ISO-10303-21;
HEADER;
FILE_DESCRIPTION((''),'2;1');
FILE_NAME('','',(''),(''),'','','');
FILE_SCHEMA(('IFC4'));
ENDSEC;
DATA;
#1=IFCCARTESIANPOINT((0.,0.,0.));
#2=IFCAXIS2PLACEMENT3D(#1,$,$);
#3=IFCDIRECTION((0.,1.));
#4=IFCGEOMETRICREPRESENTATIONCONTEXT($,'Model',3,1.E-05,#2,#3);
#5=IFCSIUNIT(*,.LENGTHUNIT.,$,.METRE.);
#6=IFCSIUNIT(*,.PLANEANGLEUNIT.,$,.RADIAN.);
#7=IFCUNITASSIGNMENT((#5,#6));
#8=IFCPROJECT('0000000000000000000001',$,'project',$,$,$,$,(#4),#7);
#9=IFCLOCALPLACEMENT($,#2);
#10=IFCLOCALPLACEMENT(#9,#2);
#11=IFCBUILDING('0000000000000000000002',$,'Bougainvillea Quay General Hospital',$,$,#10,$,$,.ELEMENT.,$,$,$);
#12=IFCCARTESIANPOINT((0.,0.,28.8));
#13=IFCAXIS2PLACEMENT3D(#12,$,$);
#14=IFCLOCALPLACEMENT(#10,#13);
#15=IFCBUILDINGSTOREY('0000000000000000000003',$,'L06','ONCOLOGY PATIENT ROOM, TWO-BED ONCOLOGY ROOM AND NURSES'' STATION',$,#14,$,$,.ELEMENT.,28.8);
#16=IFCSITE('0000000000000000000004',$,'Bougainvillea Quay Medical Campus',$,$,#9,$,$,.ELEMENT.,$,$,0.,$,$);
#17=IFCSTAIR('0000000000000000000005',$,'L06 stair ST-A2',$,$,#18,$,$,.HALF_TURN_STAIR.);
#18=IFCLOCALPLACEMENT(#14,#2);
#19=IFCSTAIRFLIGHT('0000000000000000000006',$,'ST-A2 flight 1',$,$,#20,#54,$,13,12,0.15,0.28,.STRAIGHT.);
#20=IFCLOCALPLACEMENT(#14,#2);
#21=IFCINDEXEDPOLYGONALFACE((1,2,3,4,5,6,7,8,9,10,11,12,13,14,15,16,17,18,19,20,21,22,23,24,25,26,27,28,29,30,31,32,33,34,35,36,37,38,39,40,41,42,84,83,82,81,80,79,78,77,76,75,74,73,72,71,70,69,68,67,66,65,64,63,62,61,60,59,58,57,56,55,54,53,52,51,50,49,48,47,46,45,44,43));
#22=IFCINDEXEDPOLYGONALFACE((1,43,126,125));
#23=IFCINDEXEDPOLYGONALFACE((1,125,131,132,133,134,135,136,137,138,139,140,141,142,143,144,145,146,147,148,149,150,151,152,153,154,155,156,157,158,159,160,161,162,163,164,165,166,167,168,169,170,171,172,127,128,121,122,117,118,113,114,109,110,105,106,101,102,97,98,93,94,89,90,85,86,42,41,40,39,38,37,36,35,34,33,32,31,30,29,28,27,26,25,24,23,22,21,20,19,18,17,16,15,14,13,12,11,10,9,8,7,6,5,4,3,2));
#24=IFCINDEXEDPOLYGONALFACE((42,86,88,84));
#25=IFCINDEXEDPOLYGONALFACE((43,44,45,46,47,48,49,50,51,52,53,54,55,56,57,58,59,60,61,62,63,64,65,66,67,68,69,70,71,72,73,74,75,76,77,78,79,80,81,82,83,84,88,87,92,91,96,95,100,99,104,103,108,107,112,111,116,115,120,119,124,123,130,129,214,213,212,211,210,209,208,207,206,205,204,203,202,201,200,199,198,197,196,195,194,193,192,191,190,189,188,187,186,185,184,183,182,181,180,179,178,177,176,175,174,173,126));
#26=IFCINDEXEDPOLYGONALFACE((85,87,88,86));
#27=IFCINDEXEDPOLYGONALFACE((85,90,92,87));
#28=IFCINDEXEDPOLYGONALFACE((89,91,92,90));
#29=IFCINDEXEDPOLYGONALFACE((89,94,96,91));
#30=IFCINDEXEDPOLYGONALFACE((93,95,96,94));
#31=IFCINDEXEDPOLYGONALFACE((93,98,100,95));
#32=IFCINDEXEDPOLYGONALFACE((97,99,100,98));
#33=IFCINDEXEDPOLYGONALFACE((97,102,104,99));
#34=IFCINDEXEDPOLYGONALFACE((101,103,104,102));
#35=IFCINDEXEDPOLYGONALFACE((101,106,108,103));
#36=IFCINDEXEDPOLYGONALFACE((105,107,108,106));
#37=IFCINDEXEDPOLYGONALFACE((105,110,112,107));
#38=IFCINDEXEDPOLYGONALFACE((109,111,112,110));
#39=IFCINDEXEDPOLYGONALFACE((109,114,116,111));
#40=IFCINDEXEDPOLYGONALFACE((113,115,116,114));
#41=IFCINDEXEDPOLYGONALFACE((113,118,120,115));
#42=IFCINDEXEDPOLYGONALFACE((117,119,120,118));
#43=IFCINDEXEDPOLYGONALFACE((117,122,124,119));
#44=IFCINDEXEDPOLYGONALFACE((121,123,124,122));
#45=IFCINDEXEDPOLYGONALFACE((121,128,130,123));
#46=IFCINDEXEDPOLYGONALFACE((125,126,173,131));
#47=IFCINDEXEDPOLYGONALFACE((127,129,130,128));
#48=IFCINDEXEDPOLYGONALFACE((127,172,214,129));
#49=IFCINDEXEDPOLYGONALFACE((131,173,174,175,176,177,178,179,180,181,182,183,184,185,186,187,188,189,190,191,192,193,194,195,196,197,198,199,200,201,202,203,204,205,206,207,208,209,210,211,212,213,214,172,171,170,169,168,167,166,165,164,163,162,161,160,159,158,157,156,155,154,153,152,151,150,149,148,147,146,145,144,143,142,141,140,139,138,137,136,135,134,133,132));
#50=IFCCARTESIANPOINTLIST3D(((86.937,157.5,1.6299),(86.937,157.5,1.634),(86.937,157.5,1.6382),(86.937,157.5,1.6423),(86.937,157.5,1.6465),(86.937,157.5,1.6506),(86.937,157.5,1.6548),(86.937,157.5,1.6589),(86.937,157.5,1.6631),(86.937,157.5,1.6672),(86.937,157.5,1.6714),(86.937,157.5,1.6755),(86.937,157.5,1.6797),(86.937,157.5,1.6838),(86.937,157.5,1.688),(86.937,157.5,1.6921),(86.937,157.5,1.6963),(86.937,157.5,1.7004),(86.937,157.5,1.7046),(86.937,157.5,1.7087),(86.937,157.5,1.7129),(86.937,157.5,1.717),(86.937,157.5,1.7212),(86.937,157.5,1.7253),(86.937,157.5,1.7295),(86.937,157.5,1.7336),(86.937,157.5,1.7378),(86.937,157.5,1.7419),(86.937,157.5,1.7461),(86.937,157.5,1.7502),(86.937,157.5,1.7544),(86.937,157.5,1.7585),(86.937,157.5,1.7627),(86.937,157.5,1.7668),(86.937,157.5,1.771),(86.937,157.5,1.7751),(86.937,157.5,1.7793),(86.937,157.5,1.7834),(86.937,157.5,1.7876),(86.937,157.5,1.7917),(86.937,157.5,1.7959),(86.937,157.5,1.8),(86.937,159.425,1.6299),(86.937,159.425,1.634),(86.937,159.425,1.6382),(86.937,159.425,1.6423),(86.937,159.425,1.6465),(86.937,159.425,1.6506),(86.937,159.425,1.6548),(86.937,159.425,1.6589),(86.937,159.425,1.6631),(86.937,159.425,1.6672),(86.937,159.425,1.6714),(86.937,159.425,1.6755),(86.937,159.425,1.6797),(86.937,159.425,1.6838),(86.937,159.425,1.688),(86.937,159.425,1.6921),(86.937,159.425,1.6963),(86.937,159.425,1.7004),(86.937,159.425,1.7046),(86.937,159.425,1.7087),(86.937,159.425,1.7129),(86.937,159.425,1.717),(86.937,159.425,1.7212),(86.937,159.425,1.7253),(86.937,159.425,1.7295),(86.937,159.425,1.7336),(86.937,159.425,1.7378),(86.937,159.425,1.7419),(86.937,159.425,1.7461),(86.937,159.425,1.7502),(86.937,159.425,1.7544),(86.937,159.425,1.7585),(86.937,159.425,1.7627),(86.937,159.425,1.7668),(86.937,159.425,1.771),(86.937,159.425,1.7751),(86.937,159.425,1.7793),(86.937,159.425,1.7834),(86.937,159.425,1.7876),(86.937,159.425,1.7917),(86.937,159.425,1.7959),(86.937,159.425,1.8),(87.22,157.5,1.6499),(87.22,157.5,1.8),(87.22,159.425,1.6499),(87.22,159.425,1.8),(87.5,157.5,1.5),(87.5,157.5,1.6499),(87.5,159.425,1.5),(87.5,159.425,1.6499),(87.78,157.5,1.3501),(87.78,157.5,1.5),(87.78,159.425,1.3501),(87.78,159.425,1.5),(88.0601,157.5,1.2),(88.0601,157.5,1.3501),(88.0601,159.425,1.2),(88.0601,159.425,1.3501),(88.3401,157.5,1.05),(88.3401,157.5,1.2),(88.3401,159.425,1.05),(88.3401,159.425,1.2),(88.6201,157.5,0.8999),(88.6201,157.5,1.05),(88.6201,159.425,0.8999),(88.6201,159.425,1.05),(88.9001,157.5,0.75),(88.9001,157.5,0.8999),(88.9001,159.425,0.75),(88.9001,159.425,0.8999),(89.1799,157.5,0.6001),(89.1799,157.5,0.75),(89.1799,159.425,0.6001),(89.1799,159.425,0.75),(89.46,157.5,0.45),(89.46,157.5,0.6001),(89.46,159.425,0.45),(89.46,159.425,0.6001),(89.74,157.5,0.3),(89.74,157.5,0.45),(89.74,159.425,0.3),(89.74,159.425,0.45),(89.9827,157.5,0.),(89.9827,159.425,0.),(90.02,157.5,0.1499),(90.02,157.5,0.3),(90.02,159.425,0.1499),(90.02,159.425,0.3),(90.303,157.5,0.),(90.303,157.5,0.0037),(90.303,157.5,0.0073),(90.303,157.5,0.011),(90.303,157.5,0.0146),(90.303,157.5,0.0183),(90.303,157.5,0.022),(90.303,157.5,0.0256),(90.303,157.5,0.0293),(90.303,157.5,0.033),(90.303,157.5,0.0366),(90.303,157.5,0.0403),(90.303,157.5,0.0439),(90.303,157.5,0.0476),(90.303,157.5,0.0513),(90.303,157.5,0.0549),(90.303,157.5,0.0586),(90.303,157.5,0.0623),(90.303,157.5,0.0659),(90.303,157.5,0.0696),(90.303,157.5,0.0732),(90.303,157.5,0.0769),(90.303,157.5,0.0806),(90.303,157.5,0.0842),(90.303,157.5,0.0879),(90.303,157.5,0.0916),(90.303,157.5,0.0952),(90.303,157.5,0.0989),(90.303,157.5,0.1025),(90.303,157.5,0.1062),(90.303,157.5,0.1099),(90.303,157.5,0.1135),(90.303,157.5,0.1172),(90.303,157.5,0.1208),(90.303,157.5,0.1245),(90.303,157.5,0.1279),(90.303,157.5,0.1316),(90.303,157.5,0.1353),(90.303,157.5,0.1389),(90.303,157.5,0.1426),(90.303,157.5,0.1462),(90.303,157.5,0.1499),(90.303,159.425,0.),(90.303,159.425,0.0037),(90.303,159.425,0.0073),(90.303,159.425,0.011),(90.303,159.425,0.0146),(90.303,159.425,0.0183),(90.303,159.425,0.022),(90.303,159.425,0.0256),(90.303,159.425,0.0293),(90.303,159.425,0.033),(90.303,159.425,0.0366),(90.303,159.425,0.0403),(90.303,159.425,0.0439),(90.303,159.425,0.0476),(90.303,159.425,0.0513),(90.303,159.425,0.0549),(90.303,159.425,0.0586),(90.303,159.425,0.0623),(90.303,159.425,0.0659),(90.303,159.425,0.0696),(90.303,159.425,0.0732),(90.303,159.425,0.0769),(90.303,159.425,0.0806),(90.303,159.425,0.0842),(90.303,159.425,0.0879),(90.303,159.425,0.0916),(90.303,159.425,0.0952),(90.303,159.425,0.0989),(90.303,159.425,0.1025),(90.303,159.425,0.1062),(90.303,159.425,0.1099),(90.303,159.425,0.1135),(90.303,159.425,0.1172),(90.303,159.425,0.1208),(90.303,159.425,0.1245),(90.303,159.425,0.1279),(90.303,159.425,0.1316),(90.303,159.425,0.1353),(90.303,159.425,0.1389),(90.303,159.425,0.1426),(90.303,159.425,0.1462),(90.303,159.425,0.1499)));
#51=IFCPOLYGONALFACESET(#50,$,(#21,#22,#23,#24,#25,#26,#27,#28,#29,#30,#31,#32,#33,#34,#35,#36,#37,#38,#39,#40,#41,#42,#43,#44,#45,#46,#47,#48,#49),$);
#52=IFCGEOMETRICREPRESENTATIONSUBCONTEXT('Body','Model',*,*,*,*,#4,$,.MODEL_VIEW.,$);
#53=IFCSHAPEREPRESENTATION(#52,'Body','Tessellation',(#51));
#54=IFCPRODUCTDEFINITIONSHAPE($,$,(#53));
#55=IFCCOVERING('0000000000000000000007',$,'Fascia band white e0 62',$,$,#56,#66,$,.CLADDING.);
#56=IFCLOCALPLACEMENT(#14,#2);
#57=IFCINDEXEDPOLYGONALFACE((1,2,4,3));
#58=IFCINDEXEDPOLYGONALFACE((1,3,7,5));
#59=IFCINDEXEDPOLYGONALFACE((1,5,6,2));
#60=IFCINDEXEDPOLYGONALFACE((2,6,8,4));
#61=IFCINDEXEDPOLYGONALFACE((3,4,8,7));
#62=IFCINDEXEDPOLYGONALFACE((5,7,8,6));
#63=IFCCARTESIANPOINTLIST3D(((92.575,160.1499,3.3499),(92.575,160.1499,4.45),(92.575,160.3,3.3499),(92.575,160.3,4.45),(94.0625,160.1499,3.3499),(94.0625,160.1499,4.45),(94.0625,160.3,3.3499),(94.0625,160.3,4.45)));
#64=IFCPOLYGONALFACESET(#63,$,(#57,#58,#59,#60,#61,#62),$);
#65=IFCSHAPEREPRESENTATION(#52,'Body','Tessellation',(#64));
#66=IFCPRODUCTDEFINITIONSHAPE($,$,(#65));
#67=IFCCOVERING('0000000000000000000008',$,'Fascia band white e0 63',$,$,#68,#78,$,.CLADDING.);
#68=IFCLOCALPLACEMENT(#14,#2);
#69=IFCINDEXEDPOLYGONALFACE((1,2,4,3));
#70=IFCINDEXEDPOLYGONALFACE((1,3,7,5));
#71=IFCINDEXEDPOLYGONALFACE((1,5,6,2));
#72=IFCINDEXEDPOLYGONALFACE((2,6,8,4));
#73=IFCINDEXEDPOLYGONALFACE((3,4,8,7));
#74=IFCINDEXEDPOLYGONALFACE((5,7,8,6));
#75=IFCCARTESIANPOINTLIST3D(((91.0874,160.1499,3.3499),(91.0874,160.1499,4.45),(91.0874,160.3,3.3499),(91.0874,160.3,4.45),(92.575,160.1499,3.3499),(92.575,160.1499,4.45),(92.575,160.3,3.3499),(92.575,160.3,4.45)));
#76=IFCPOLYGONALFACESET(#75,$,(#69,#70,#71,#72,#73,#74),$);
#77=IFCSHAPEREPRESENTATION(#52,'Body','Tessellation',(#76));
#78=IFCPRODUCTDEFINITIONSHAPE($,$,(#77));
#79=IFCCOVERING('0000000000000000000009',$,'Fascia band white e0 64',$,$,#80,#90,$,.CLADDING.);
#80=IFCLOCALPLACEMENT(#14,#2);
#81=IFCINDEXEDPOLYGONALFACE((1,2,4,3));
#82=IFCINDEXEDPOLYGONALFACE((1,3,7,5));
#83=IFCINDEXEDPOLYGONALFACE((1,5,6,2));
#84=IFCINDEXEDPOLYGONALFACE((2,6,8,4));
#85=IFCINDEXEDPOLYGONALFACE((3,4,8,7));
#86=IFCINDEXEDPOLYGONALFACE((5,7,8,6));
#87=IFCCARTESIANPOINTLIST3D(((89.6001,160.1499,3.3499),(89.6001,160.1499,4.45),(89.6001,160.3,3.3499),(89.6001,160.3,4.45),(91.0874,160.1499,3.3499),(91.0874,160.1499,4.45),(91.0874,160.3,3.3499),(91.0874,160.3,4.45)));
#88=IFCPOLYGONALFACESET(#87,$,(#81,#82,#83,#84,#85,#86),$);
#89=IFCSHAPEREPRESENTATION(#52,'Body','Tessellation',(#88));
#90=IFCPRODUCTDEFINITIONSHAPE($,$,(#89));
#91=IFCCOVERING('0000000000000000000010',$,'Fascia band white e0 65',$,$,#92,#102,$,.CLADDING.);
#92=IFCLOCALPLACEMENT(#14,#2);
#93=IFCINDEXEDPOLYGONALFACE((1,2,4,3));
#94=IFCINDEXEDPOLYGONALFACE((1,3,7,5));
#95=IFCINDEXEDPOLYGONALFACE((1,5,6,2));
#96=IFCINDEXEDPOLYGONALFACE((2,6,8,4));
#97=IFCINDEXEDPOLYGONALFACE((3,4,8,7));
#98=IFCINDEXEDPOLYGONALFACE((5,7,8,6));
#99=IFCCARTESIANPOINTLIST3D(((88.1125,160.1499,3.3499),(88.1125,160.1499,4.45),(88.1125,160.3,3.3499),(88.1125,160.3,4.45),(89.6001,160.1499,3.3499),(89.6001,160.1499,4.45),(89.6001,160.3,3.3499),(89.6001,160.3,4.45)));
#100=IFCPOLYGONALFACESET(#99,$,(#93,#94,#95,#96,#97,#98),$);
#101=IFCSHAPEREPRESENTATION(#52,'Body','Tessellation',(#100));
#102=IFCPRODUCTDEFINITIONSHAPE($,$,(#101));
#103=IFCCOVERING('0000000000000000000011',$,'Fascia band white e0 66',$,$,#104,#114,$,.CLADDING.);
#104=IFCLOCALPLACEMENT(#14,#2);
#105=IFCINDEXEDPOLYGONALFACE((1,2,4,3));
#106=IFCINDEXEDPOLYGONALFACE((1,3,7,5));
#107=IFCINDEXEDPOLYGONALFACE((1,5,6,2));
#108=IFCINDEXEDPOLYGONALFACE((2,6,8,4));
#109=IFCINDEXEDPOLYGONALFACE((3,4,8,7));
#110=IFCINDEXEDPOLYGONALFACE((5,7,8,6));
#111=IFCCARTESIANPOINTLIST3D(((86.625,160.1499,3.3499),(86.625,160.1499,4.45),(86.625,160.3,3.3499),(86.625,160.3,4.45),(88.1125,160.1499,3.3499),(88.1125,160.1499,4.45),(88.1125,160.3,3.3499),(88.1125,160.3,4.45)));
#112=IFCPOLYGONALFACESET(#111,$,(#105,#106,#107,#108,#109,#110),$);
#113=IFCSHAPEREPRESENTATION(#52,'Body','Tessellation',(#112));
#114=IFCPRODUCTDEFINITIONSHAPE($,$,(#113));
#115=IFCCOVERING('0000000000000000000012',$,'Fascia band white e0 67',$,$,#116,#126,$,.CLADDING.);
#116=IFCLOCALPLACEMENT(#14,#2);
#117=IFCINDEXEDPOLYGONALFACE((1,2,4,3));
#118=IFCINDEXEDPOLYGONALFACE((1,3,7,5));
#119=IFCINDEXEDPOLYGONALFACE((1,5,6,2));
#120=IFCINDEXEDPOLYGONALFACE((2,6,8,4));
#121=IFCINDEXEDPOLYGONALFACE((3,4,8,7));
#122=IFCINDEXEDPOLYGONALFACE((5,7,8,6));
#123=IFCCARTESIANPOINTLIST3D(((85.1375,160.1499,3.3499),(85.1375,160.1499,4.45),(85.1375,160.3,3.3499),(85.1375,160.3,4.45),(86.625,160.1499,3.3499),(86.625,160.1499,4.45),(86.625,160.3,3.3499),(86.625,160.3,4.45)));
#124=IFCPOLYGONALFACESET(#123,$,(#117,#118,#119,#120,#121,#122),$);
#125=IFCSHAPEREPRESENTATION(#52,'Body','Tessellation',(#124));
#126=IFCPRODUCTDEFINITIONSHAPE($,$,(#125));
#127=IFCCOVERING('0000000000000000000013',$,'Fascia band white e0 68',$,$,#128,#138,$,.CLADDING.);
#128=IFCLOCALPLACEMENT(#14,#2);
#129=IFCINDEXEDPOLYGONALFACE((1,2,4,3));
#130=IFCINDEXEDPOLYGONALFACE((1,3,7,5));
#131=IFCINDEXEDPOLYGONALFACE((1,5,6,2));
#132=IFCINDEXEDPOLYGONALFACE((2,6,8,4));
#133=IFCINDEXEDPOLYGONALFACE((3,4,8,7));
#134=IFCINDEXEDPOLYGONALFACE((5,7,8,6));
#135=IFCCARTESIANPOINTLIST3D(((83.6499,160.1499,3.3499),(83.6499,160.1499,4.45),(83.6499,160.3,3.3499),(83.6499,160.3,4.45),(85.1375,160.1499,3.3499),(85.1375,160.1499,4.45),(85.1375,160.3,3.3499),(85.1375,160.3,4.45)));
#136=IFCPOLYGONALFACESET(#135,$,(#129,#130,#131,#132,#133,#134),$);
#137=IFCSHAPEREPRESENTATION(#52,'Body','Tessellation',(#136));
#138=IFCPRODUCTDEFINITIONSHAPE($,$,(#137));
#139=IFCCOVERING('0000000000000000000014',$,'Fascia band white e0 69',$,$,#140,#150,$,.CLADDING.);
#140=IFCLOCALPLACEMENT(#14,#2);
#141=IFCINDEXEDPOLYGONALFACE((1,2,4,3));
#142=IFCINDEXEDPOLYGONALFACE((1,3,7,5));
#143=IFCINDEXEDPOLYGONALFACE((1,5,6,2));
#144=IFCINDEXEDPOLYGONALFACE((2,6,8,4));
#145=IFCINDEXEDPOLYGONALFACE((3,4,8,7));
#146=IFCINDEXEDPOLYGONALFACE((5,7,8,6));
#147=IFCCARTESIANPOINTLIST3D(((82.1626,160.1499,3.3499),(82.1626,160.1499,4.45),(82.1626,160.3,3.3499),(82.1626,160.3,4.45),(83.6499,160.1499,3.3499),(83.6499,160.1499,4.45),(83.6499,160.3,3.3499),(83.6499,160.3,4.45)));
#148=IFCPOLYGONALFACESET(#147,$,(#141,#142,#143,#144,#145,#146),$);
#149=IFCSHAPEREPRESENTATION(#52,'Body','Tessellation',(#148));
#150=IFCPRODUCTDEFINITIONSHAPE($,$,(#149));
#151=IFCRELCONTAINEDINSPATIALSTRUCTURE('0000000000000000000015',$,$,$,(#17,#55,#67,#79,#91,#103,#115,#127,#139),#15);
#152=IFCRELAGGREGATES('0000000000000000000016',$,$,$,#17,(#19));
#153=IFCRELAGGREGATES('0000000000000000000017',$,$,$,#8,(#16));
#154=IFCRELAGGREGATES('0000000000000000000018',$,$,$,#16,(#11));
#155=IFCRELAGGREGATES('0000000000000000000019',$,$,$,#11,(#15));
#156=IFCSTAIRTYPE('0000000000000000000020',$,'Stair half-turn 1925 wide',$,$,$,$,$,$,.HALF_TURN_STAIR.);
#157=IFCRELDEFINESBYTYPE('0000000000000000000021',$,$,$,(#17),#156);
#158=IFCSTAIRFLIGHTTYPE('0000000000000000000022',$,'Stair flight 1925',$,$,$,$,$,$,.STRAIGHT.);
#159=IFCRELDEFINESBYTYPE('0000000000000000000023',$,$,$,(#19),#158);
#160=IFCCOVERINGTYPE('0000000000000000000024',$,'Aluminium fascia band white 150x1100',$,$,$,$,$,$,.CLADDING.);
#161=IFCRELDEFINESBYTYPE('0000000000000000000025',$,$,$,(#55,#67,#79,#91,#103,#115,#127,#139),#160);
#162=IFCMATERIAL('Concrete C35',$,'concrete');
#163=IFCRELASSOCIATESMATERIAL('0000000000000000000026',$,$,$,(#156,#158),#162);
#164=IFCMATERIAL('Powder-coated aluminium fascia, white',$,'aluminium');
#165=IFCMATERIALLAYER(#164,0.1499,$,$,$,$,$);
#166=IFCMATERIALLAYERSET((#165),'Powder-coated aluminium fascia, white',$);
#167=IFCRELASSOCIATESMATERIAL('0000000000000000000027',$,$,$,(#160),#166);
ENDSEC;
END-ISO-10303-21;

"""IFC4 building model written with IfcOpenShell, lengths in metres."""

from ifc_helpers import new_model, si_unit, direction, frame, origin, place, context, subcontext, project, spatial, polyline, outline, extrude, material, layer, layer_set, type_object, element, aggregate, save


model = new_model("IFC4")

# Units and contexts
model_context = context("Model", 3, precision=1e-05, world=origin(), true_north=direction((0.0, 1.0)))
body_context = subcontext(model_context, "Body", "Model", "MODEL_VIEW")
ifc_project = project(units=[si_unit("LENGTHUNIT", "METRE"), si_unit("PLANEANGLEUNIT", "RADIAN")], contexts=[model_context])

# Site, building, storey
site_placement = place(None, origin())
site = spatial("IfcSite", under=ifc_project, at=site_placement, Name="Bougainvillea Quay Medical Campus", CompositionType="ELEMENT", RefElevation=0.0)
building_placement = place(site_placement, origin())
building = spatial("IfcBuilding", under=site, at=building_placement, Name="Bougainvillea Quay General Hospital", CompositionType="ELEMENT")
storey_placement = place(building_placement, frame((0.0, 0.0, 28.8)))
storey = spatial("IfcBuildingStorey", under=building, at=storey_placement, Name="L06", Description="ONCOLOGY PATIENT ROOM, TWO-BED ONCOLOGY ROOM AND NURSES' STATION", CompositionType="ELEMENT", Elevation=28.8)

# Stair, stair flight
ifc_material_1 = material(Name="Concrete C35", Category="concrete")
stair_type = type_object("IfcStairType", Name="Stair half-turn 1925 wide", PredefinedType="HALF_TURN_STAIR", material=ifc_material_1)
stair_placement = place(storey_placement, origin())
stair = element("IfcStair", 1, at=stair_placement, inside=storey, type_object=stair_type, Name="L06 stair ST-A2", PredefinedType="HALF_TURN_STAIR")
stair_flight_type = type_object("IfcStairFlightType", Name="Stair flight 1925", PredefinedType="STRAIGHT", material=ifc_material_1)
stair_flight_placement = place(storey_placement, frame((90.3, 158.4624, 0.0), z_axis=(0.0, 0.0, 1.0), x_axis=(-1.0, 0.0, 0.0)))
stair_flight = element("IfcStairFlight", 2, at=stair_flight_placement, type_object=stair_flight_type, Name="ST-A2 flight 1", NumberOfRisers=13, NumberOfTreads=12, PredefinedType="STRAIGHT", RiserHeight=0.15, TreadLength=0.28, context=body_context, shape_type="SweptSolid", body=[
    extrude(outline(polyline([(-0.0029, 0.0), (-0.0029, 0.0037), (-0.0029, 0.0073), (-0.0029, 0.011), (-0.0029, 0.0146), (-0.0029, 0.0183), (-0.0029, 0.022), (-0.0029, 0.0256), (-0.0029, 0.0293), (-0.0029, 0.033), (-0.0029, 0.0366), (-0.0029, 0.0403), (-0.0029, 0.0439), (-0.0029, 0.0476), (-0.0029, 0.0513), (-0.0029, 0.0549), (-0.0029, 0.0586), (-0.0029, 0.0623), (-0.0029, 0.0659), (-0.0029, 0.0696), (-0.0029, 0.0732), (-0.0029, 0.0769), (-0.0029, 0.0806), (-0.0029, 0.0842), (-0.0029, 0.0879), (-0.0029, 0.0916), (-0.0029, 0.0952), (-0.0029, 0.0989), (-0.0029, 0.1025), (-0.0029, 0.1062), (-0.0029, 0.1099), (-0.0029, 0.1135), (-0.0029, 0.1172), (-0.0029, 0.1208), (-0.0029, 0.1245), (-0.0029, 0.1279), (-0.0029, 0.1316), (-0.0029, 0.1353), (-0.0029, 0.1389), (-0.0029, 0.1426), (-0.0029, 0.1462), (-0.0029, 0.1499), (0.28, 0.1499), (0.28, 0.3), (0.5601, 0.3), (0.5601, 0.45), (0.8401, 0.45), (0.8401, 0.6001), (1.1201, 0.6001), (1.1201, 0.75), (1.3999, 0.75), (1.3999, 0.8999), (1.6799, 0.8999), (1.6799, 1.05), (1.96, 1.05), (1.96, 1.2), (2.24, 1.2), (2.24, 1.3501), (2.52, 1.3501), (2.52, 1.5), (2.8, 1.5), (2.8, 1.6499), (3.0801, 1.6499), (3.0801, 1.8), (3.363, 1.8), (3.363, 1.7959), (3.363, 1.7917), (3.363, 1.7876), (3.363, 1.7834), (3.363, 1.7793), (3.363, 1.7751), (3.363, 1.771), (3.363, 1.7668), (3.363, 1.7627), (3.363, 1.7585), (3.363, 1.7544), (3.363, 1.7502), (3.363, 1.7461), (3.363, 1.7419), (3.363, 1.7378), (3.363, 1.7336), (3.363, 1.7295), (3.363, 1.7253), (3.363, 1.7212), (3.363, 1.717), (3.363, 1.7129), (3.363, 1.7087), (3.363, 1.7046), (3.363, 1.7004), (3.363, 1.6963), (3.363, 1.6921), (3.363, 1.688), (3.363, 1.6838), (3.363, 1.6797), (3.363, 1.6755), (3.363, 1.6714), (3.363, 1.6672), (3.363, 1.6631), (3.363, 1.6589), (3.363, 1.6548), (3.363, 1.6506), (3.363, 1.6465), (3.363, 1.6423), (3.363, 1.6382), (3.363, 1.634), (3.363, 1.6299), (0.3174, 0.0), (-0.0029, 0.0)])), frame((0.0, 0.9624, 0.0), z_axis=(0.0, -1.0, 0.0), x_axis=(1.0, 0.0, 0.0)), (0.0, 0.0, 1.0), 1.925),
])
aggregate(stair, [stair_flight])

# Coverings
ifc_material_2 = material(Name="Powder-coated aluminium fascia, white", Category="aluminium")
ifc_layer_1 = layer(ifc_material_2, 0.1499)
ifc_layer_set_1 = layer_set([ifc_layer_1], Name="Powder-coated aluminium fascia, white")
covering_type = type_object("IfcCoveringType", Name="Aluminium fascia band white 150x1100", PredefinedType="CLADDING", material=ifc_layer_set_1)
for number, where, z_axis, x_axis, name in (
    (3, (94.0625, 160.1499, 3.3499), (0.0, 0.0, 1.0), (-1.0, 0.0, 0.0), "Fascia band white e0 62"),
    (4, (92.575, 160.1499, 3.3499), (0.0, 0.0, 1.0), (-1.0, 0.0, 0.0), "Fascia band white e0 63"),
):
    element("IfcCovering", number, at=place(storey_placement, frame(where, z_axis=z_axis, x_axis=x_axis)), inside=storey, type_object=covering_type, Name=name, PredefinedType="CLADDING", context=body_context, shape_type="SweptSolid", body=[
        extrude(outline(polyline([(0.0, 0.0), (1.4875, 0.0), (1.4875, -0.1501), (0.0, -0.1501), (0.0, 0.0)])), origin(), (0.0, 0.0, 1.0), 1.1001),
    ])
covering_1_placement = place(storey_placement, frame((91.0874, 160.1499, 3.3499), z_axis=(0.0, 0.0, 1.0), x_axis=(-1.0, 0.0, 0.0)))
element("IfcCovering", 5, at=covering_1_placement, inside=storey, type_object=covering_type, Name="Fascia band white e0 64", PredefinedType="CLADDING", context=body_context, shape_type="SweptSolid", body=[
    extrude(outline(polyline([(0.0, 0.0), (1.4873, 0.0), (1.4873, -0.1501), (0.0, -0.1501), (0.0, 0.0)])), origin(), (0.0, 0.0, 1.0), 1.1001),
])
for number, where, z_axis, x_axis, name in (
    (6, (89.6001, 160.1499, 3.3499), (0.0, 0.0, 1.0), (-1.0, 0.0, 0.0), "Fascia band white e0 65"),
    (7, (88.1125, 160.1499, 3.3499), (0.0, 0.0, 1.0), (-1.0, 0.0, 0.0), "Fascia band white e0 66"),
    (8, (86.625, 160.1499, 3.3499), (0.0, 0.0, 1.0), (-1.0, 0.0, 0.0), "Fascia band white e0 67"),
    (9, (85.1375, 160.1499, 3.3499), (0.0, 0.0, 1.0), (-1.0, 0.0, 0.0), "Fascia band white e0 68"),
):
    element("IfcCovering", number, at=place(storey_placement, frame(where, z_axis=z_axis, x_axis=x_axis)), inside=storey, type_object=covering_type, Name=name, PredefinedType="CLADDING", context=body_context, shape_type="SweptSolid", body=[
        extrude(outline(polyline([(0.0, 0.0), (1.4875, 0.0), (1.4875, -0.1501), (0.0, -0.1501), (0.0, 0.0)])), origin(), (0.0, 0.0, 1.0), 1.1001),
    ])
covering_2_placement = place(storey_placement, frame((83.6499, 160.1499, 3.3499), z_axis=(0.0, 0.0, 1.0), x_axis=(-1.0, 0.0, 0.0)))
element("IfcCovering", 10, at=covering_2_placement, inside=storey, type_object=covering_type, Name="Fascia band white e0 69", PredefinedType="CLADDING", context=body_context, shape_type="SweptSolid", body=[
    extrude(outline(polyline([(0.0, 0.0), (1.4873, 0.0), (1.4873, -0.1501), (0.0, -0.1501), (0.0, 0.0)])), origin(), (0.0, 0.0, 1.0), 1.1001),
])

save(model, "model.ifc")
